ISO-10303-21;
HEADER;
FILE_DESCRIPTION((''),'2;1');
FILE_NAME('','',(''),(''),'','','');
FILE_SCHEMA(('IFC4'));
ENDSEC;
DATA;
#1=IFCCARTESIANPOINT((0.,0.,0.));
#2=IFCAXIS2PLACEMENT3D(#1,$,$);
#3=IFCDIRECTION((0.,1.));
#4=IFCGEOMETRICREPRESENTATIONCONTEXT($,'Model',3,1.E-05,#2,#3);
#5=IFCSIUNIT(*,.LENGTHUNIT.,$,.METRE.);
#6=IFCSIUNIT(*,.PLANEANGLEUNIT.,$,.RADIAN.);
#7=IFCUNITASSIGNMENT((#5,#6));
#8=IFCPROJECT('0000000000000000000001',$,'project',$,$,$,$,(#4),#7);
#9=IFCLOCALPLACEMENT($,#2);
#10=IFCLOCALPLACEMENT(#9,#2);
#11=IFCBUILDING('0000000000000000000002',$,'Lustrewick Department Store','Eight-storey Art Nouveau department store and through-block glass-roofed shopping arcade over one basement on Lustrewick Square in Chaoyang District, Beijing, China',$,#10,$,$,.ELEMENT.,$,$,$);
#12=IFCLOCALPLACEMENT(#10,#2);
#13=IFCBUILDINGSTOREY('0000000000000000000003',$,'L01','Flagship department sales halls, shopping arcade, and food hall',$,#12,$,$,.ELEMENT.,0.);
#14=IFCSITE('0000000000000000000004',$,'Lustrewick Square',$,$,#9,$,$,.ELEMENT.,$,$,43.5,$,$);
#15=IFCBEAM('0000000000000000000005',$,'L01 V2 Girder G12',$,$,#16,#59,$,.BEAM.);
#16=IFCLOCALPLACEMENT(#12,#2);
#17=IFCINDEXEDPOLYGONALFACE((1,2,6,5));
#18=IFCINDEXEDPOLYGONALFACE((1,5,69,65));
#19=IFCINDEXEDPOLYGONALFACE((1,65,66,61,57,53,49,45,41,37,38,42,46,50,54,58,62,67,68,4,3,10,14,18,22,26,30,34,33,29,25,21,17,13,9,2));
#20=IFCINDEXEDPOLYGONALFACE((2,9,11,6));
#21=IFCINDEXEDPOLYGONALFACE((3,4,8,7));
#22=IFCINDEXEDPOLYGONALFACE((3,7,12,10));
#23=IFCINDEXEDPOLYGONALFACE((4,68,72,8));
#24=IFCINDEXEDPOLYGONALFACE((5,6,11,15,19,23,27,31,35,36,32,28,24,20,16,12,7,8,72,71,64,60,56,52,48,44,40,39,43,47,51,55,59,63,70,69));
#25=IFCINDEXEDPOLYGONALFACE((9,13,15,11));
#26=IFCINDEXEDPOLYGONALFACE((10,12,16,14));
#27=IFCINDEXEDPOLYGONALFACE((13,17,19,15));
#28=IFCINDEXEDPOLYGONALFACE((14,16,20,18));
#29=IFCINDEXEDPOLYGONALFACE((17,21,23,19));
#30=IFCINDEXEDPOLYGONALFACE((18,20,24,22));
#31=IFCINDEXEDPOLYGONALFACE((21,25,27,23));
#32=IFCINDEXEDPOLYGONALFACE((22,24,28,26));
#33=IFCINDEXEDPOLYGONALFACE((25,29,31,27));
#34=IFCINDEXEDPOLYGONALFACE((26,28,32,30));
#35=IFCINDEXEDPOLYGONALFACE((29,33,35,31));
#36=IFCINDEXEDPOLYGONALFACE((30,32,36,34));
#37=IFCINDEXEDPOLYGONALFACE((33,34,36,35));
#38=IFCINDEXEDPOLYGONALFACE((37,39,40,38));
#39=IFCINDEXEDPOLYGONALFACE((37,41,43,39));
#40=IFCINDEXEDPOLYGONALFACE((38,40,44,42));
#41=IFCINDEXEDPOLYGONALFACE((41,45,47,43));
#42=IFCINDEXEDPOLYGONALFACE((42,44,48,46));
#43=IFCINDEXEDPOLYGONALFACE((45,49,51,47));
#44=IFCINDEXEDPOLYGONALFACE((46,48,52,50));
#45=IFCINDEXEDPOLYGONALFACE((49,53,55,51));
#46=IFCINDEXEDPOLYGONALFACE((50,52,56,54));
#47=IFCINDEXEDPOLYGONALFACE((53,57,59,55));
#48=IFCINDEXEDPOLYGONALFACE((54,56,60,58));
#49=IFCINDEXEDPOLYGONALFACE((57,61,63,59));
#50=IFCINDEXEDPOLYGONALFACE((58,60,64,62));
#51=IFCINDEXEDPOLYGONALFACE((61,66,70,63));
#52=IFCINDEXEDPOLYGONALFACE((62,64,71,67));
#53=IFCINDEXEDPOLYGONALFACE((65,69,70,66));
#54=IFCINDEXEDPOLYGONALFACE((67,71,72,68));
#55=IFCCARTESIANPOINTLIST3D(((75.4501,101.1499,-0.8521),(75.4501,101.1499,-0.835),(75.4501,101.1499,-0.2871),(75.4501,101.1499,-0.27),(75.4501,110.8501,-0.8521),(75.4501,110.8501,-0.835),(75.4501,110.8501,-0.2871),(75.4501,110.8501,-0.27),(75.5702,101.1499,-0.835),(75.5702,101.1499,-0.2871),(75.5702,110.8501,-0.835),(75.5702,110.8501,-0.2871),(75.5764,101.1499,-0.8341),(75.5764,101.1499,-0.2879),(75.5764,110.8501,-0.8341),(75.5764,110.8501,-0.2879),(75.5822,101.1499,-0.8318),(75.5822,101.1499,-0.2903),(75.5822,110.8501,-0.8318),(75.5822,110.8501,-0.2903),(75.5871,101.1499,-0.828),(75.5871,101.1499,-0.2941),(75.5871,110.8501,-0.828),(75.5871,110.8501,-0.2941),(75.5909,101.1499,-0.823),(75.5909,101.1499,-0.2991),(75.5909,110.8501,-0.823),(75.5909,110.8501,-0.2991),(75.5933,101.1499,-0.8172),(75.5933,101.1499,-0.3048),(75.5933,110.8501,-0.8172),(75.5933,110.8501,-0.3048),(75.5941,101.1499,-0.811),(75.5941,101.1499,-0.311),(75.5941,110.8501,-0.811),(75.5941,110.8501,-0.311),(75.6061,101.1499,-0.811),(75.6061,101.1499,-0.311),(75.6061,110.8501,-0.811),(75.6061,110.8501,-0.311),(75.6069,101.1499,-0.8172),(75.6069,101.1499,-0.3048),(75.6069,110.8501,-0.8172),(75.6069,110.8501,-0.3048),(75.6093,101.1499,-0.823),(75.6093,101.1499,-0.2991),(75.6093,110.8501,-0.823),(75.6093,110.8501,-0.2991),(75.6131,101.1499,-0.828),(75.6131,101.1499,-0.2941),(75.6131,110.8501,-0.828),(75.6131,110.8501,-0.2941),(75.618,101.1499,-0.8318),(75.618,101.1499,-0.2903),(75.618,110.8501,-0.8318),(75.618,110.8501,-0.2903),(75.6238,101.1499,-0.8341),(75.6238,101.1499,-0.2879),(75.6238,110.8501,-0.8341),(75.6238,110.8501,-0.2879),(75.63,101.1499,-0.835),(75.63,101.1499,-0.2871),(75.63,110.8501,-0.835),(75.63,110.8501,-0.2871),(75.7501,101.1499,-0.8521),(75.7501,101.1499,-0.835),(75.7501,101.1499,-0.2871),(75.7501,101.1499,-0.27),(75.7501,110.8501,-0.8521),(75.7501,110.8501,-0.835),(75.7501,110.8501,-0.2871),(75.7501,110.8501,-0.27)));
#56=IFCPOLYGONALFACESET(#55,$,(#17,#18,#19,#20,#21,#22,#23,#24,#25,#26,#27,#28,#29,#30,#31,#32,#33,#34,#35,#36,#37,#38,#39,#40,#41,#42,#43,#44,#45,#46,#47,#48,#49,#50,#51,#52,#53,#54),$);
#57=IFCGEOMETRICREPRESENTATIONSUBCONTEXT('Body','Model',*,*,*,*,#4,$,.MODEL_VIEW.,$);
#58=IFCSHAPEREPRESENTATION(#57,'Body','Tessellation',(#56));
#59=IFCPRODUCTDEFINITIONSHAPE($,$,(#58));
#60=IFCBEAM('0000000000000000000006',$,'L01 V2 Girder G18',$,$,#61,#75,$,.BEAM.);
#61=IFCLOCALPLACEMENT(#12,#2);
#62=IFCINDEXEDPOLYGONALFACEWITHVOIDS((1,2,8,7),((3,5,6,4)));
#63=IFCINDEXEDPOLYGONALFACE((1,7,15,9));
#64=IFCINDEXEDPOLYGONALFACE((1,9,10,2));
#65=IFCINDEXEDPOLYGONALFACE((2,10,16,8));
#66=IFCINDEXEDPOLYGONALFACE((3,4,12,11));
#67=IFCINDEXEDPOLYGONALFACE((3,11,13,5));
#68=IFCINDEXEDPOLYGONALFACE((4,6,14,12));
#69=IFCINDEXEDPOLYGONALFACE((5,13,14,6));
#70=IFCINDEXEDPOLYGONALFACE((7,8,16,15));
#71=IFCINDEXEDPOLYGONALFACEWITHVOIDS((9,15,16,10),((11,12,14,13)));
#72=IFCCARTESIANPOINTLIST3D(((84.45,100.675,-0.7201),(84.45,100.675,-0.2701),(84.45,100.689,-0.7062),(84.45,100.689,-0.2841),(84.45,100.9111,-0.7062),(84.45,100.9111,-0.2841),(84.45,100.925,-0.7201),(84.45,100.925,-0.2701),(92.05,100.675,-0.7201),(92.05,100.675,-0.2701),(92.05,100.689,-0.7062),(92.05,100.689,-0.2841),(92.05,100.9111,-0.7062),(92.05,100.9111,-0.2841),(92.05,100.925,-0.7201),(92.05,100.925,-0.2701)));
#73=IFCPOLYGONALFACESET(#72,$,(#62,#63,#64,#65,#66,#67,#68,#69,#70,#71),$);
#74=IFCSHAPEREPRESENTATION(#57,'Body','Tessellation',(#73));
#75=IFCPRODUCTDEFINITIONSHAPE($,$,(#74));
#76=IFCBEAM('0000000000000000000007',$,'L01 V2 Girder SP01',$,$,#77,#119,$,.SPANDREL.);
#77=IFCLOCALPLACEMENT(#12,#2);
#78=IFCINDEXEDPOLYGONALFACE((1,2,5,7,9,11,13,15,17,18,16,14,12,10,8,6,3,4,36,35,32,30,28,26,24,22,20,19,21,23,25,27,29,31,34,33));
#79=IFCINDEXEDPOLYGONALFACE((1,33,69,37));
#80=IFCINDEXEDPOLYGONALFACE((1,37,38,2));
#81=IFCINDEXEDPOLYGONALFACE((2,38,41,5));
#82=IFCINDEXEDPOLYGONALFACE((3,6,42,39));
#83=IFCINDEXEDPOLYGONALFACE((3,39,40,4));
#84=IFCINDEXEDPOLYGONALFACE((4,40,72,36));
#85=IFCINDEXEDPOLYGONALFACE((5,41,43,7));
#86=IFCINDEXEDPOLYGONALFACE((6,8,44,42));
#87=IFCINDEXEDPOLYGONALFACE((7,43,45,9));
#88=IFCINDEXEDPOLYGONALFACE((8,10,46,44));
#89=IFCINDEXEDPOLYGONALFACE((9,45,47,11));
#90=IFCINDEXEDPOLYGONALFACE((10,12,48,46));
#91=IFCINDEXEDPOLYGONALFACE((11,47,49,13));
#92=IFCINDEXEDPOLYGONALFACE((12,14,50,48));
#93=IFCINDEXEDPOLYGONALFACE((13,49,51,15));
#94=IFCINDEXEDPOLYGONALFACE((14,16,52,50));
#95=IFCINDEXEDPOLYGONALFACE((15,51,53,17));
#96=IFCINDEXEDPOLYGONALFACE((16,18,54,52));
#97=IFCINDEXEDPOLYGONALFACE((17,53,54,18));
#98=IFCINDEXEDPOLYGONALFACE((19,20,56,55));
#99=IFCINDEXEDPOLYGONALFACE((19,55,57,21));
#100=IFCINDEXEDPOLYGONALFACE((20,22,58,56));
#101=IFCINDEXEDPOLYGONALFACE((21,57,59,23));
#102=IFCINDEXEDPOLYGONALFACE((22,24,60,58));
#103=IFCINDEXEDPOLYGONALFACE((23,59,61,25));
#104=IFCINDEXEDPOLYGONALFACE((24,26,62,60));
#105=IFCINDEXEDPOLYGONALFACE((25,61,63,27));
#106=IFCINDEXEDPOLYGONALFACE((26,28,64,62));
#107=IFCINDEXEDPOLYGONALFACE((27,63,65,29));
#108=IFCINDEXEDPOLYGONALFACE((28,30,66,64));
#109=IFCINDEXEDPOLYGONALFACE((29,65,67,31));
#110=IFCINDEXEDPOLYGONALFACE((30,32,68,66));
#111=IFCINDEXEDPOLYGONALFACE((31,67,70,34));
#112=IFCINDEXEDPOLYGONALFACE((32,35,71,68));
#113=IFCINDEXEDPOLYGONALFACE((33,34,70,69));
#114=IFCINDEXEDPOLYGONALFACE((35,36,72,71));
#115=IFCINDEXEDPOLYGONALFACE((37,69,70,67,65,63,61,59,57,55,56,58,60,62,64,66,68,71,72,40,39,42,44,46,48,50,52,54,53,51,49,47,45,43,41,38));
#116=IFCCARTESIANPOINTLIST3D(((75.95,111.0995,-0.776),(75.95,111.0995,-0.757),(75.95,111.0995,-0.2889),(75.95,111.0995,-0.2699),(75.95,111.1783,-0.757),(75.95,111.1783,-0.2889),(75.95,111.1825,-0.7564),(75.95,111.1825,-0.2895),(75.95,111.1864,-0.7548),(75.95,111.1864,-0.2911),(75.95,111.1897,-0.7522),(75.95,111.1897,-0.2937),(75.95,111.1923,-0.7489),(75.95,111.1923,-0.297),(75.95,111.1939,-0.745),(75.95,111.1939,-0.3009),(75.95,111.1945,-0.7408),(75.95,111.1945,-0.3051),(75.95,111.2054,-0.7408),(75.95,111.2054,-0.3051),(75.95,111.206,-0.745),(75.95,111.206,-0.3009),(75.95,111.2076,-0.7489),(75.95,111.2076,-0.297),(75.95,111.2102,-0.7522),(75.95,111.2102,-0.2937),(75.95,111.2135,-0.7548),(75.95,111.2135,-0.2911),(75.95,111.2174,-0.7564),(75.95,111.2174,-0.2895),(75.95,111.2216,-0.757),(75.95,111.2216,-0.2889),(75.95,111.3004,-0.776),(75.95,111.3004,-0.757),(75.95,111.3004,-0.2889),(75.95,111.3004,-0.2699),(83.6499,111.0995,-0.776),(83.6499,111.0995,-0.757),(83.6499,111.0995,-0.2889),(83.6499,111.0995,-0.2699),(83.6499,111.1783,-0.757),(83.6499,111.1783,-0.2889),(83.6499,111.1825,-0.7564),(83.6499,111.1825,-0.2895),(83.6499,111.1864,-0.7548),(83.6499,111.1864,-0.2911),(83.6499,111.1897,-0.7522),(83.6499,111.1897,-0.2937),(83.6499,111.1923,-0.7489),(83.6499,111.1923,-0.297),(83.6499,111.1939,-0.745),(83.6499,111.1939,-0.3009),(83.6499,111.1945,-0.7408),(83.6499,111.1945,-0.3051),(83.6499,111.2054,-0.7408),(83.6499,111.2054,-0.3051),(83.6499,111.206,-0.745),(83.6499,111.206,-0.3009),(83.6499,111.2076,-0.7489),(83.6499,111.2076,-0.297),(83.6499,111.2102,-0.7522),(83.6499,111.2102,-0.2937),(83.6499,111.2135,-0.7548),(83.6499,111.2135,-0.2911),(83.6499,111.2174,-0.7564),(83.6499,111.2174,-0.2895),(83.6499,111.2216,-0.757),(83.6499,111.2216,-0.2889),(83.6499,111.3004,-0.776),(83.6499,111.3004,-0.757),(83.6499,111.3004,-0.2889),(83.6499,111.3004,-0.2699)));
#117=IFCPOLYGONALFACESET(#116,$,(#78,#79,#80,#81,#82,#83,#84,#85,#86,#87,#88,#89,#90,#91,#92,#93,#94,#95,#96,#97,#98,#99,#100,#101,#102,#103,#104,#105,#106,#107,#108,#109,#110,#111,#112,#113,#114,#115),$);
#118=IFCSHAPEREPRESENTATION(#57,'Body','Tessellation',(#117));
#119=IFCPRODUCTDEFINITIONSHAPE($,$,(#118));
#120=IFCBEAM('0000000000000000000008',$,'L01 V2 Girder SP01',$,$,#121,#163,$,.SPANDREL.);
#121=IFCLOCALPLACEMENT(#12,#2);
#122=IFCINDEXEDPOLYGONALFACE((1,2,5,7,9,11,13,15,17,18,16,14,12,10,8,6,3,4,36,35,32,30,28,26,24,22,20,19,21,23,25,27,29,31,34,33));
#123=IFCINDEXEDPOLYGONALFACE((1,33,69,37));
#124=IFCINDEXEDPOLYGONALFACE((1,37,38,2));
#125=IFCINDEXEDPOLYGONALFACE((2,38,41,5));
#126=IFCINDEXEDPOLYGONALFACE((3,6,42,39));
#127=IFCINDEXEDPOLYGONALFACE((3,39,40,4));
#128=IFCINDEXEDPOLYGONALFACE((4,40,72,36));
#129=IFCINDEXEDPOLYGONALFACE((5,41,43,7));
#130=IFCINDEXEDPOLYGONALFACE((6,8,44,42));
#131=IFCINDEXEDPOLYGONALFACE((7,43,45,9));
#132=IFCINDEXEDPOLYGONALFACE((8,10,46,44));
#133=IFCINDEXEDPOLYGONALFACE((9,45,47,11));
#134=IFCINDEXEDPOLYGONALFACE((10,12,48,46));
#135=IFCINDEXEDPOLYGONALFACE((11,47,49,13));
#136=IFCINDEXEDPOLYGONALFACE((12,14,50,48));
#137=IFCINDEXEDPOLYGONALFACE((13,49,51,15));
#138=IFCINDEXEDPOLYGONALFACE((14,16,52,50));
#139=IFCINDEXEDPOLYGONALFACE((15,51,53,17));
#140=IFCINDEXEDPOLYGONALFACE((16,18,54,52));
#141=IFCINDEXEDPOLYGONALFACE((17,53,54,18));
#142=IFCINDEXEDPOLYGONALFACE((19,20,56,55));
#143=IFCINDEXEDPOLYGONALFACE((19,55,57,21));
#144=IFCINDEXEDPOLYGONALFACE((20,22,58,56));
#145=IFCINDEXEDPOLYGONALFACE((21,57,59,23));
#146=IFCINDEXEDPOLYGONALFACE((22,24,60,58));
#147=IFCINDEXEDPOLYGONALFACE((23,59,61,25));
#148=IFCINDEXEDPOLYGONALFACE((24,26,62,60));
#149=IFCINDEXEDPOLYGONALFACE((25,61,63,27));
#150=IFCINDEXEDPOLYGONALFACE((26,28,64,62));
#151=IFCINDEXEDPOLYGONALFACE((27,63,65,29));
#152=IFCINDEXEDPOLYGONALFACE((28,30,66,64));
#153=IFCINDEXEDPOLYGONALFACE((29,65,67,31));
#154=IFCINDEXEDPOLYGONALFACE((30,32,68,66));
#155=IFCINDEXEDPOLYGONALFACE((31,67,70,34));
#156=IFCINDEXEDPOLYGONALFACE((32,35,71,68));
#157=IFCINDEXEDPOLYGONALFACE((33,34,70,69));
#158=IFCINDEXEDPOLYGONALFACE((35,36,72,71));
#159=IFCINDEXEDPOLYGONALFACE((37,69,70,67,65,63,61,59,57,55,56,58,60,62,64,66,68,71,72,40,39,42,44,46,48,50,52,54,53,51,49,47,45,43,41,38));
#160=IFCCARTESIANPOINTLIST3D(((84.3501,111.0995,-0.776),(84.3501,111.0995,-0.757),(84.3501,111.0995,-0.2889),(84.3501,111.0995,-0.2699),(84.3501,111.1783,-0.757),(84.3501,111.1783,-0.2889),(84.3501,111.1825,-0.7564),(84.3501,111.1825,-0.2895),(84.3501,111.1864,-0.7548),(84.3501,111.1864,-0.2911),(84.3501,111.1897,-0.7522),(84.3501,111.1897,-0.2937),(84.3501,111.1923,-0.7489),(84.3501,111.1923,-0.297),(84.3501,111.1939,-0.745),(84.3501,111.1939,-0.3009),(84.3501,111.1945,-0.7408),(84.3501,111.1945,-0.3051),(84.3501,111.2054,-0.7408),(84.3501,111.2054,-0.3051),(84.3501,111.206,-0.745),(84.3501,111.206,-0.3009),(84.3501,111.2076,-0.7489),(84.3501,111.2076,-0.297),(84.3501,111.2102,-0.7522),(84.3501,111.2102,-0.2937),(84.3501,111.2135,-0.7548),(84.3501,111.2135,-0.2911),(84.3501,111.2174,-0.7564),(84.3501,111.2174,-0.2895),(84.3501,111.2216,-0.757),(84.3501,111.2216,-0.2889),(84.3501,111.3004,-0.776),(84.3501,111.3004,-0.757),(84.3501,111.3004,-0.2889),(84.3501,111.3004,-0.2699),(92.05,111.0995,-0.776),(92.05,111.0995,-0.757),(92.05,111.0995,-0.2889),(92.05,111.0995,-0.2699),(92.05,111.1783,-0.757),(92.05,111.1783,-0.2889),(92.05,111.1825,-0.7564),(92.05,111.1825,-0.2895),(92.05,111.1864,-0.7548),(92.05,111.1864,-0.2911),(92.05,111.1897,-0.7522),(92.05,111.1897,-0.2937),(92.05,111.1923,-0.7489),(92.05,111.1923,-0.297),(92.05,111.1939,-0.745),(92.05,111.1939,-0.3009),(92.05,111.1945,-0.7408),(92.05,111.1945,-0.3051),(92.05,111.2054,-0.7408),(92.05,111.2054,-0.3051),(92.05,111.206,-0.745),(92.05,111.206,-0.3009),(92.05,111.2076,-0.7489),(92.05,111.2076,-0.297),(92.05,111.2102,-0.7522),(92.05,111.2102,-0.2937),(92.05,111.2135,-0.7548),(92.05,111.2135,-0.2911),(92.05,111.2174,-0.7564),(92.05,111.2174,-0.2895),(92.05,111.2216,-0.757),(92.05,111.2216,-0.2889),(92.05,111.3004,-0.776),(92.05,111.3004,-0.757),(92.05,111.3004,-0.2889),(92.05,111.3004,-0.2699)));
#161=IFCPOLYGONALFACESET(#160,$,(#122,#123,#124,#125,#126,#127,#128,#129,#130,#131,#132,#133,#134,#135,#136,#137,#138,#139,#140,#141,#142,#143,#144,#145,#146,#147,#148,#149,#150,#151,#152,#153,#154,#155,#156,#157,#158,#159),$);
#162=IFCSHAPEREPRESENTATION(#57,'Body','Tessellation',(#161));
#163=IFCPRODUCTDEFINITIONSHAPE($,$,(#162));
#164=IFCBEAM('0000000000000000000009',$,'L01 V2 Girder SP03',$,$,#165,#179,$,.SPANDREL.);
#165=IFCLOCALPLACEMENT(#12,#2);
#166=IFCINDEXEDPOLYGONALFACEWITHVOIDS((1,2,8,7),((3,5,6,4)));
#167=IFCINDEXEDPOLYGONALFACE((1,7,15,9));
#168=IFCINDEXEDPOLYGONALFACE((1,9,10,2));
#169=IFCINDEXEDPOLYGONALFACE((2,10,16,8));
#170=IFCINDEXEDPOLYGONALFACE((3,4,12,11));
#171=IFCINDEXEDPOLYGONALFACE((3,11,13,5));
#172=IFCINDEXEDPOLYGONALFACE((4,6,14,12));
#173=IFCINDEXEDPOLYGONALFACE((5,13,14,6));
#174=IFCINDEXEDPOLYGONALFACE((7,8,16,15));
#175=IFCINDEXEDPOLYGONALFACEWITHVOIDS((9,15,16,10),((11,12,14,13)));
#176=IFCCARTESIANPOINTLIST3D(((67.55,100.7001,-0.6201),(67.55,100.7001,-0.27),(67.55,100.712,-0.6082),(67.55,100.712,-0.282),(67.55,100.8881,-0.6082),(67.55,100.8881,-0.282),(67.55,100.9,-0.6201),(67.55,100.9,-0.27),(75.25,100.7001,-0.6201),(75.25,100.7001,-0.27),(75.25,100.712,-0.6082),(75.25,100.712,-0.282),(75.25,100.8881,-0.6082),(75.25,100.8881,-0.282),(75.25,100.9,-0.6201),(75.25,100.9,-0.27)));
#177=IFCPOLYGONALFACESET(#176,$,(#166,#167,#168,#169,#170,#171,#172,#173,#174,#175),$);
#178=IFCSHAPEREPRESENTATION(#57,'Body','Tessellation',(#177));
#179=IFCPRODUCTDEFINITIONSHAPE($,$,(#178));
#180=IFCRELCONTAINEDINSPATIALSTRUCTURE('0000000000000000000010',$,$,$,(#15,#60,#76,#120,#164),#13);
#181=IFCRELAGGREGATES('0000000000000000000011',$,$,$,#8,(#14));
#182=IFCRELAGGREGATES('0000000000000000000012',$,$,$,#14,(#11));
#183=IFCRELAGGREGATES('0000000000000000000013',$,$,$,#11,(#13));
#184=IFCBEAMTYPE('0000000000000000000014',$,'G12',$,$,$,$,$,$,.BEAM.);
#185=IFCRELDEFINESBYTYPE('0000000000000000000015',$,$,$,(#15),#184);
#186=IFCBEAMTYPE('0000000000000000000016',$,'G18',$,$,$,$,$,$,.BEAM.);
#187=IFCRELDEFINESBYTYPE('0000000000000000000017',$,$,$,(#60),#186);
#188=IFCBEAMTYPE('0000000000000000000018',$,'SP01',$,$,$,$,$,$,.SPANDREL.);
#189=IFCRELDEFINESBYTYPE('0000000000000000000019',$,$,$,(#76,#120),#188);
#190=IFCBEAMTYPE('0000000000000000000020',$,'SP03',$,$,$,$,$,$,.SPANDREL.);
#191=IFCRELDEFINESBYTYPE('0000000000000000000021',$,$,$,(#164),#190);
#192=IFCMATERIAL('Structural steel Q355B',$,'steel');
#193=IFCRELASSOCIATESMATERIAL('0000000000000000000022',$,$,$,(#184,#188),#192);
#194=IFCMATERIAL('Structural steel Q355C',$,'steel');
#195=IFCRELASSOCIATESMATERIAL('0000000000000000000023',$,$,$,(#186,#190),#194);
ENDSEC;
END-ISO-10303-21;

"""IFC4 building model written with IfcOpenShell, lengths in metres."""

from ifc_helpers import new_model, si_unit, direction, frame, origin, origin_2d, place, context, subcontext, project, spatial, hollow_rectangle, i_section, extrude, material, material_profile, profile_set, type_object, element, save


model = new_model("IFC4")

# Units and contexts
model_context = context("Model", 3, precision=1e-05, world=origin(), true_north=direction((0.0, 1.0)))
body_context = subcontext(model_context, "Body", "Model", "MODEL_VIEW")
ifc_project = project(units=[si_unit("LENGTHUNIT", "METRE"), si_unit("PLANEANGLEUNIT", "RADIAN")], contexts=[model_context])

# Site, building, storey
site_placement = place(None, origin())
site = spatial("IfcSite", under=ifc_project, at=site_placement, Name="Lustrewick Square", CompositionType="ELEMENT", RefElevation=43.5)
building_placement = place(site_placement, origin())
building = spatial("IfcBuilding", under=site, at=building_placement, Name="Lustrewick Department Store", Description="Eight-storey Art Nouveau department store and through-block glass-roofed shopping arcade over one basement on Lustrewick Square in Chaoyang District, Beijing, China", CompositionType="ELEMENT")
storey_placement = place(building_placement, origin())
storey = spatial("IfcBuildingStorey", under=building, at=storey_placement, Name="L01", Description="Flagship department sales halls, shopping arcade, and food hall", CompositionType="ELEMENT", Elevation=0.0)

# Shared definitions
ifc_material_1 = material(Name="Structural steel Q355B", Category="steel")

# Beams
ifc_material_2 = material(Name="Structural steel Q355C", Category="steel")
ifc_material_profile_1 = material_profile(ifc_material_1, i_section(OverallWidth=0.3, OverallDepth=0.582, WebThickness=0.012, FlangeThickness=0.0171, FilletRadius=0.0239, at=origin_2d()), Name="HM 582x300x12x17")
ifc_profile_set_1 = profile_set([ifc_material_profile_1], Name="Structural steel Q355B")
beam_type_1 = type_object("IfcBeamType", Name="G12", PredefinedType="BEAM", material=ifc_profile_set_1)
beam_1_placement = place(storey_placement, frame((75.6001, 101.1499, -0.561), z_axis=(0.0, 1.0, 0.0), x_axis=(-1.0, 0.0, 0.0)))
element("IfcBeam", 1, at=beam_1_placement, inside=storey, type_object=beam_type_1, Name="L01 V2 Girder G12", PredefinedType="BEAM", context=body_context, shape_type="SweptSolid", body=[
    extrude(i_section(OverallWidth=0.3, OverallDepth=0.582, WebThickness=0.012, FlangeThickness=0.0171, FilletRadius=0.0239, at=origin_2d()), origin(), (0.0, 0.0, 1.0), 9.7002),
])
ifc_material_profile_2 = material_profile(ifc_material_2, hollow_rectangle(XDim=0.25, YDim=0.45, WallThickness=0.0139, at=origin_2d()), Name="RHS 450x250x14")
ifc_profile_set_2 = profile_set([ifc_material_profile_2], Name="Structural steel Q355C")
beam_type_2 = type_object("IfcBeamType", Name="G18", PredefinedType="BEAM", material=ifc_profile_set_2)
beam_2_placement = place(storey_placement, frame((84.45, 100.8, -0.4951), z_axis=(1.0, 0.0, 0.0), x_axis=(0.0, 1.0, 0.0)))
element("IfcBeam", 2, at=beam_2_placement, inside=storey, type_object=beam_type_2, Name="L01 V2 Girder G18", PredefinedType="BEAM", context=body_context, shape_type="SweptSolid", body=[
    extrude(hollow_rectangle(XDim=0.25, YDim=0.45, WallThickness=0.0139, at=origin_2d()), origin(), (0.0, 0.0, 1.0), 7.6001),
])
ifc_material_profile_3 = material_profile(ifc_material_1, i_section(OverallWidth=0.2009, OverallDepth=0.5061, WebThickness=0.011, FlangeThickness=0.019, FilletRadius=0.0161, at=origin_2d()), Name="HN 506x201x11x19")
ifc_profile_set_3 = profile_set([ifc_material_profile_3], Name="Structural steel Q355B")
beam_type_3 = type_object("IfcBeamType", Name="SP01", PredefinedType="SPANDREL", material=ifc_profile_set_3)
for number, where, z_axis, x_axis, name in (
    (3, (75.95, 111.2, -0.5229), (1.0, 0.0, 0.0), (0.0, 1.0, 0.0), "L01 V2 Girder SP01"),
    (4, (84.3501, 111.2, -0.5229), (1.0, 0.0, 0.0), (0.0, 1.0, 0.0), "L01 V2 Girder SP01"),
):
    element("IfcBeam", number, at=place(storey_placement, frame(where, z_axis=z_axis, x_axis=x_axis)), inside=storey, type_object=beam_type_3, Name=name, PredefinedType="SPANDREL", context=body_context, shape_type="SweptSolid", body=[
        extrude(i_section(OverallWidth=0.2009, OverallDepth=0.5061, WebThickness=0.011, FlangeThickness=0.019, FilletRadius=0.0161, at=origin_2d()), origin(), (0.0, 0.0, 1.0), 7.7),
    ])
ifc_material_profile_4 = material_profile(ifc_material_2, hollow_rectangle(XDim=0.2, YDim=0.3501, WallThickness=0.012, at=origin_2d()), Name="RHS 350x200x12")
ifc_profile_set_4 = profile_set([ifc_material_profile_4], Name="Structural steel Q355C")
beam_type_4 = type_object("IfcBeamType", Name="SP03", PredefinedType="SPANDREL", material=ifc_profile_set_4)
beam_3_placement = place(storey_placement, frame((67.55, 100.8, -0.4451), z_axis=(1.0, 0.0, 0.0), x_axis=(0.0, 1.0, 0.0)))
element("IfcBeam", 5, at=beam_3_placement, inside=storey, type_object=beam_type_4, Name="L01 V2 Girder SP03", PredefinedType="SPANDREL", context=body_context, shape_type="SweptSolid", body=[
    extrude(hollow_rectangle(XDim=0.2, YDim=0.3501, WallThickness=0.012, at=origin_2d()), origin(), (0.0, 0.0, 1.0), 7.7),
])

save(model, "model.ifc")
